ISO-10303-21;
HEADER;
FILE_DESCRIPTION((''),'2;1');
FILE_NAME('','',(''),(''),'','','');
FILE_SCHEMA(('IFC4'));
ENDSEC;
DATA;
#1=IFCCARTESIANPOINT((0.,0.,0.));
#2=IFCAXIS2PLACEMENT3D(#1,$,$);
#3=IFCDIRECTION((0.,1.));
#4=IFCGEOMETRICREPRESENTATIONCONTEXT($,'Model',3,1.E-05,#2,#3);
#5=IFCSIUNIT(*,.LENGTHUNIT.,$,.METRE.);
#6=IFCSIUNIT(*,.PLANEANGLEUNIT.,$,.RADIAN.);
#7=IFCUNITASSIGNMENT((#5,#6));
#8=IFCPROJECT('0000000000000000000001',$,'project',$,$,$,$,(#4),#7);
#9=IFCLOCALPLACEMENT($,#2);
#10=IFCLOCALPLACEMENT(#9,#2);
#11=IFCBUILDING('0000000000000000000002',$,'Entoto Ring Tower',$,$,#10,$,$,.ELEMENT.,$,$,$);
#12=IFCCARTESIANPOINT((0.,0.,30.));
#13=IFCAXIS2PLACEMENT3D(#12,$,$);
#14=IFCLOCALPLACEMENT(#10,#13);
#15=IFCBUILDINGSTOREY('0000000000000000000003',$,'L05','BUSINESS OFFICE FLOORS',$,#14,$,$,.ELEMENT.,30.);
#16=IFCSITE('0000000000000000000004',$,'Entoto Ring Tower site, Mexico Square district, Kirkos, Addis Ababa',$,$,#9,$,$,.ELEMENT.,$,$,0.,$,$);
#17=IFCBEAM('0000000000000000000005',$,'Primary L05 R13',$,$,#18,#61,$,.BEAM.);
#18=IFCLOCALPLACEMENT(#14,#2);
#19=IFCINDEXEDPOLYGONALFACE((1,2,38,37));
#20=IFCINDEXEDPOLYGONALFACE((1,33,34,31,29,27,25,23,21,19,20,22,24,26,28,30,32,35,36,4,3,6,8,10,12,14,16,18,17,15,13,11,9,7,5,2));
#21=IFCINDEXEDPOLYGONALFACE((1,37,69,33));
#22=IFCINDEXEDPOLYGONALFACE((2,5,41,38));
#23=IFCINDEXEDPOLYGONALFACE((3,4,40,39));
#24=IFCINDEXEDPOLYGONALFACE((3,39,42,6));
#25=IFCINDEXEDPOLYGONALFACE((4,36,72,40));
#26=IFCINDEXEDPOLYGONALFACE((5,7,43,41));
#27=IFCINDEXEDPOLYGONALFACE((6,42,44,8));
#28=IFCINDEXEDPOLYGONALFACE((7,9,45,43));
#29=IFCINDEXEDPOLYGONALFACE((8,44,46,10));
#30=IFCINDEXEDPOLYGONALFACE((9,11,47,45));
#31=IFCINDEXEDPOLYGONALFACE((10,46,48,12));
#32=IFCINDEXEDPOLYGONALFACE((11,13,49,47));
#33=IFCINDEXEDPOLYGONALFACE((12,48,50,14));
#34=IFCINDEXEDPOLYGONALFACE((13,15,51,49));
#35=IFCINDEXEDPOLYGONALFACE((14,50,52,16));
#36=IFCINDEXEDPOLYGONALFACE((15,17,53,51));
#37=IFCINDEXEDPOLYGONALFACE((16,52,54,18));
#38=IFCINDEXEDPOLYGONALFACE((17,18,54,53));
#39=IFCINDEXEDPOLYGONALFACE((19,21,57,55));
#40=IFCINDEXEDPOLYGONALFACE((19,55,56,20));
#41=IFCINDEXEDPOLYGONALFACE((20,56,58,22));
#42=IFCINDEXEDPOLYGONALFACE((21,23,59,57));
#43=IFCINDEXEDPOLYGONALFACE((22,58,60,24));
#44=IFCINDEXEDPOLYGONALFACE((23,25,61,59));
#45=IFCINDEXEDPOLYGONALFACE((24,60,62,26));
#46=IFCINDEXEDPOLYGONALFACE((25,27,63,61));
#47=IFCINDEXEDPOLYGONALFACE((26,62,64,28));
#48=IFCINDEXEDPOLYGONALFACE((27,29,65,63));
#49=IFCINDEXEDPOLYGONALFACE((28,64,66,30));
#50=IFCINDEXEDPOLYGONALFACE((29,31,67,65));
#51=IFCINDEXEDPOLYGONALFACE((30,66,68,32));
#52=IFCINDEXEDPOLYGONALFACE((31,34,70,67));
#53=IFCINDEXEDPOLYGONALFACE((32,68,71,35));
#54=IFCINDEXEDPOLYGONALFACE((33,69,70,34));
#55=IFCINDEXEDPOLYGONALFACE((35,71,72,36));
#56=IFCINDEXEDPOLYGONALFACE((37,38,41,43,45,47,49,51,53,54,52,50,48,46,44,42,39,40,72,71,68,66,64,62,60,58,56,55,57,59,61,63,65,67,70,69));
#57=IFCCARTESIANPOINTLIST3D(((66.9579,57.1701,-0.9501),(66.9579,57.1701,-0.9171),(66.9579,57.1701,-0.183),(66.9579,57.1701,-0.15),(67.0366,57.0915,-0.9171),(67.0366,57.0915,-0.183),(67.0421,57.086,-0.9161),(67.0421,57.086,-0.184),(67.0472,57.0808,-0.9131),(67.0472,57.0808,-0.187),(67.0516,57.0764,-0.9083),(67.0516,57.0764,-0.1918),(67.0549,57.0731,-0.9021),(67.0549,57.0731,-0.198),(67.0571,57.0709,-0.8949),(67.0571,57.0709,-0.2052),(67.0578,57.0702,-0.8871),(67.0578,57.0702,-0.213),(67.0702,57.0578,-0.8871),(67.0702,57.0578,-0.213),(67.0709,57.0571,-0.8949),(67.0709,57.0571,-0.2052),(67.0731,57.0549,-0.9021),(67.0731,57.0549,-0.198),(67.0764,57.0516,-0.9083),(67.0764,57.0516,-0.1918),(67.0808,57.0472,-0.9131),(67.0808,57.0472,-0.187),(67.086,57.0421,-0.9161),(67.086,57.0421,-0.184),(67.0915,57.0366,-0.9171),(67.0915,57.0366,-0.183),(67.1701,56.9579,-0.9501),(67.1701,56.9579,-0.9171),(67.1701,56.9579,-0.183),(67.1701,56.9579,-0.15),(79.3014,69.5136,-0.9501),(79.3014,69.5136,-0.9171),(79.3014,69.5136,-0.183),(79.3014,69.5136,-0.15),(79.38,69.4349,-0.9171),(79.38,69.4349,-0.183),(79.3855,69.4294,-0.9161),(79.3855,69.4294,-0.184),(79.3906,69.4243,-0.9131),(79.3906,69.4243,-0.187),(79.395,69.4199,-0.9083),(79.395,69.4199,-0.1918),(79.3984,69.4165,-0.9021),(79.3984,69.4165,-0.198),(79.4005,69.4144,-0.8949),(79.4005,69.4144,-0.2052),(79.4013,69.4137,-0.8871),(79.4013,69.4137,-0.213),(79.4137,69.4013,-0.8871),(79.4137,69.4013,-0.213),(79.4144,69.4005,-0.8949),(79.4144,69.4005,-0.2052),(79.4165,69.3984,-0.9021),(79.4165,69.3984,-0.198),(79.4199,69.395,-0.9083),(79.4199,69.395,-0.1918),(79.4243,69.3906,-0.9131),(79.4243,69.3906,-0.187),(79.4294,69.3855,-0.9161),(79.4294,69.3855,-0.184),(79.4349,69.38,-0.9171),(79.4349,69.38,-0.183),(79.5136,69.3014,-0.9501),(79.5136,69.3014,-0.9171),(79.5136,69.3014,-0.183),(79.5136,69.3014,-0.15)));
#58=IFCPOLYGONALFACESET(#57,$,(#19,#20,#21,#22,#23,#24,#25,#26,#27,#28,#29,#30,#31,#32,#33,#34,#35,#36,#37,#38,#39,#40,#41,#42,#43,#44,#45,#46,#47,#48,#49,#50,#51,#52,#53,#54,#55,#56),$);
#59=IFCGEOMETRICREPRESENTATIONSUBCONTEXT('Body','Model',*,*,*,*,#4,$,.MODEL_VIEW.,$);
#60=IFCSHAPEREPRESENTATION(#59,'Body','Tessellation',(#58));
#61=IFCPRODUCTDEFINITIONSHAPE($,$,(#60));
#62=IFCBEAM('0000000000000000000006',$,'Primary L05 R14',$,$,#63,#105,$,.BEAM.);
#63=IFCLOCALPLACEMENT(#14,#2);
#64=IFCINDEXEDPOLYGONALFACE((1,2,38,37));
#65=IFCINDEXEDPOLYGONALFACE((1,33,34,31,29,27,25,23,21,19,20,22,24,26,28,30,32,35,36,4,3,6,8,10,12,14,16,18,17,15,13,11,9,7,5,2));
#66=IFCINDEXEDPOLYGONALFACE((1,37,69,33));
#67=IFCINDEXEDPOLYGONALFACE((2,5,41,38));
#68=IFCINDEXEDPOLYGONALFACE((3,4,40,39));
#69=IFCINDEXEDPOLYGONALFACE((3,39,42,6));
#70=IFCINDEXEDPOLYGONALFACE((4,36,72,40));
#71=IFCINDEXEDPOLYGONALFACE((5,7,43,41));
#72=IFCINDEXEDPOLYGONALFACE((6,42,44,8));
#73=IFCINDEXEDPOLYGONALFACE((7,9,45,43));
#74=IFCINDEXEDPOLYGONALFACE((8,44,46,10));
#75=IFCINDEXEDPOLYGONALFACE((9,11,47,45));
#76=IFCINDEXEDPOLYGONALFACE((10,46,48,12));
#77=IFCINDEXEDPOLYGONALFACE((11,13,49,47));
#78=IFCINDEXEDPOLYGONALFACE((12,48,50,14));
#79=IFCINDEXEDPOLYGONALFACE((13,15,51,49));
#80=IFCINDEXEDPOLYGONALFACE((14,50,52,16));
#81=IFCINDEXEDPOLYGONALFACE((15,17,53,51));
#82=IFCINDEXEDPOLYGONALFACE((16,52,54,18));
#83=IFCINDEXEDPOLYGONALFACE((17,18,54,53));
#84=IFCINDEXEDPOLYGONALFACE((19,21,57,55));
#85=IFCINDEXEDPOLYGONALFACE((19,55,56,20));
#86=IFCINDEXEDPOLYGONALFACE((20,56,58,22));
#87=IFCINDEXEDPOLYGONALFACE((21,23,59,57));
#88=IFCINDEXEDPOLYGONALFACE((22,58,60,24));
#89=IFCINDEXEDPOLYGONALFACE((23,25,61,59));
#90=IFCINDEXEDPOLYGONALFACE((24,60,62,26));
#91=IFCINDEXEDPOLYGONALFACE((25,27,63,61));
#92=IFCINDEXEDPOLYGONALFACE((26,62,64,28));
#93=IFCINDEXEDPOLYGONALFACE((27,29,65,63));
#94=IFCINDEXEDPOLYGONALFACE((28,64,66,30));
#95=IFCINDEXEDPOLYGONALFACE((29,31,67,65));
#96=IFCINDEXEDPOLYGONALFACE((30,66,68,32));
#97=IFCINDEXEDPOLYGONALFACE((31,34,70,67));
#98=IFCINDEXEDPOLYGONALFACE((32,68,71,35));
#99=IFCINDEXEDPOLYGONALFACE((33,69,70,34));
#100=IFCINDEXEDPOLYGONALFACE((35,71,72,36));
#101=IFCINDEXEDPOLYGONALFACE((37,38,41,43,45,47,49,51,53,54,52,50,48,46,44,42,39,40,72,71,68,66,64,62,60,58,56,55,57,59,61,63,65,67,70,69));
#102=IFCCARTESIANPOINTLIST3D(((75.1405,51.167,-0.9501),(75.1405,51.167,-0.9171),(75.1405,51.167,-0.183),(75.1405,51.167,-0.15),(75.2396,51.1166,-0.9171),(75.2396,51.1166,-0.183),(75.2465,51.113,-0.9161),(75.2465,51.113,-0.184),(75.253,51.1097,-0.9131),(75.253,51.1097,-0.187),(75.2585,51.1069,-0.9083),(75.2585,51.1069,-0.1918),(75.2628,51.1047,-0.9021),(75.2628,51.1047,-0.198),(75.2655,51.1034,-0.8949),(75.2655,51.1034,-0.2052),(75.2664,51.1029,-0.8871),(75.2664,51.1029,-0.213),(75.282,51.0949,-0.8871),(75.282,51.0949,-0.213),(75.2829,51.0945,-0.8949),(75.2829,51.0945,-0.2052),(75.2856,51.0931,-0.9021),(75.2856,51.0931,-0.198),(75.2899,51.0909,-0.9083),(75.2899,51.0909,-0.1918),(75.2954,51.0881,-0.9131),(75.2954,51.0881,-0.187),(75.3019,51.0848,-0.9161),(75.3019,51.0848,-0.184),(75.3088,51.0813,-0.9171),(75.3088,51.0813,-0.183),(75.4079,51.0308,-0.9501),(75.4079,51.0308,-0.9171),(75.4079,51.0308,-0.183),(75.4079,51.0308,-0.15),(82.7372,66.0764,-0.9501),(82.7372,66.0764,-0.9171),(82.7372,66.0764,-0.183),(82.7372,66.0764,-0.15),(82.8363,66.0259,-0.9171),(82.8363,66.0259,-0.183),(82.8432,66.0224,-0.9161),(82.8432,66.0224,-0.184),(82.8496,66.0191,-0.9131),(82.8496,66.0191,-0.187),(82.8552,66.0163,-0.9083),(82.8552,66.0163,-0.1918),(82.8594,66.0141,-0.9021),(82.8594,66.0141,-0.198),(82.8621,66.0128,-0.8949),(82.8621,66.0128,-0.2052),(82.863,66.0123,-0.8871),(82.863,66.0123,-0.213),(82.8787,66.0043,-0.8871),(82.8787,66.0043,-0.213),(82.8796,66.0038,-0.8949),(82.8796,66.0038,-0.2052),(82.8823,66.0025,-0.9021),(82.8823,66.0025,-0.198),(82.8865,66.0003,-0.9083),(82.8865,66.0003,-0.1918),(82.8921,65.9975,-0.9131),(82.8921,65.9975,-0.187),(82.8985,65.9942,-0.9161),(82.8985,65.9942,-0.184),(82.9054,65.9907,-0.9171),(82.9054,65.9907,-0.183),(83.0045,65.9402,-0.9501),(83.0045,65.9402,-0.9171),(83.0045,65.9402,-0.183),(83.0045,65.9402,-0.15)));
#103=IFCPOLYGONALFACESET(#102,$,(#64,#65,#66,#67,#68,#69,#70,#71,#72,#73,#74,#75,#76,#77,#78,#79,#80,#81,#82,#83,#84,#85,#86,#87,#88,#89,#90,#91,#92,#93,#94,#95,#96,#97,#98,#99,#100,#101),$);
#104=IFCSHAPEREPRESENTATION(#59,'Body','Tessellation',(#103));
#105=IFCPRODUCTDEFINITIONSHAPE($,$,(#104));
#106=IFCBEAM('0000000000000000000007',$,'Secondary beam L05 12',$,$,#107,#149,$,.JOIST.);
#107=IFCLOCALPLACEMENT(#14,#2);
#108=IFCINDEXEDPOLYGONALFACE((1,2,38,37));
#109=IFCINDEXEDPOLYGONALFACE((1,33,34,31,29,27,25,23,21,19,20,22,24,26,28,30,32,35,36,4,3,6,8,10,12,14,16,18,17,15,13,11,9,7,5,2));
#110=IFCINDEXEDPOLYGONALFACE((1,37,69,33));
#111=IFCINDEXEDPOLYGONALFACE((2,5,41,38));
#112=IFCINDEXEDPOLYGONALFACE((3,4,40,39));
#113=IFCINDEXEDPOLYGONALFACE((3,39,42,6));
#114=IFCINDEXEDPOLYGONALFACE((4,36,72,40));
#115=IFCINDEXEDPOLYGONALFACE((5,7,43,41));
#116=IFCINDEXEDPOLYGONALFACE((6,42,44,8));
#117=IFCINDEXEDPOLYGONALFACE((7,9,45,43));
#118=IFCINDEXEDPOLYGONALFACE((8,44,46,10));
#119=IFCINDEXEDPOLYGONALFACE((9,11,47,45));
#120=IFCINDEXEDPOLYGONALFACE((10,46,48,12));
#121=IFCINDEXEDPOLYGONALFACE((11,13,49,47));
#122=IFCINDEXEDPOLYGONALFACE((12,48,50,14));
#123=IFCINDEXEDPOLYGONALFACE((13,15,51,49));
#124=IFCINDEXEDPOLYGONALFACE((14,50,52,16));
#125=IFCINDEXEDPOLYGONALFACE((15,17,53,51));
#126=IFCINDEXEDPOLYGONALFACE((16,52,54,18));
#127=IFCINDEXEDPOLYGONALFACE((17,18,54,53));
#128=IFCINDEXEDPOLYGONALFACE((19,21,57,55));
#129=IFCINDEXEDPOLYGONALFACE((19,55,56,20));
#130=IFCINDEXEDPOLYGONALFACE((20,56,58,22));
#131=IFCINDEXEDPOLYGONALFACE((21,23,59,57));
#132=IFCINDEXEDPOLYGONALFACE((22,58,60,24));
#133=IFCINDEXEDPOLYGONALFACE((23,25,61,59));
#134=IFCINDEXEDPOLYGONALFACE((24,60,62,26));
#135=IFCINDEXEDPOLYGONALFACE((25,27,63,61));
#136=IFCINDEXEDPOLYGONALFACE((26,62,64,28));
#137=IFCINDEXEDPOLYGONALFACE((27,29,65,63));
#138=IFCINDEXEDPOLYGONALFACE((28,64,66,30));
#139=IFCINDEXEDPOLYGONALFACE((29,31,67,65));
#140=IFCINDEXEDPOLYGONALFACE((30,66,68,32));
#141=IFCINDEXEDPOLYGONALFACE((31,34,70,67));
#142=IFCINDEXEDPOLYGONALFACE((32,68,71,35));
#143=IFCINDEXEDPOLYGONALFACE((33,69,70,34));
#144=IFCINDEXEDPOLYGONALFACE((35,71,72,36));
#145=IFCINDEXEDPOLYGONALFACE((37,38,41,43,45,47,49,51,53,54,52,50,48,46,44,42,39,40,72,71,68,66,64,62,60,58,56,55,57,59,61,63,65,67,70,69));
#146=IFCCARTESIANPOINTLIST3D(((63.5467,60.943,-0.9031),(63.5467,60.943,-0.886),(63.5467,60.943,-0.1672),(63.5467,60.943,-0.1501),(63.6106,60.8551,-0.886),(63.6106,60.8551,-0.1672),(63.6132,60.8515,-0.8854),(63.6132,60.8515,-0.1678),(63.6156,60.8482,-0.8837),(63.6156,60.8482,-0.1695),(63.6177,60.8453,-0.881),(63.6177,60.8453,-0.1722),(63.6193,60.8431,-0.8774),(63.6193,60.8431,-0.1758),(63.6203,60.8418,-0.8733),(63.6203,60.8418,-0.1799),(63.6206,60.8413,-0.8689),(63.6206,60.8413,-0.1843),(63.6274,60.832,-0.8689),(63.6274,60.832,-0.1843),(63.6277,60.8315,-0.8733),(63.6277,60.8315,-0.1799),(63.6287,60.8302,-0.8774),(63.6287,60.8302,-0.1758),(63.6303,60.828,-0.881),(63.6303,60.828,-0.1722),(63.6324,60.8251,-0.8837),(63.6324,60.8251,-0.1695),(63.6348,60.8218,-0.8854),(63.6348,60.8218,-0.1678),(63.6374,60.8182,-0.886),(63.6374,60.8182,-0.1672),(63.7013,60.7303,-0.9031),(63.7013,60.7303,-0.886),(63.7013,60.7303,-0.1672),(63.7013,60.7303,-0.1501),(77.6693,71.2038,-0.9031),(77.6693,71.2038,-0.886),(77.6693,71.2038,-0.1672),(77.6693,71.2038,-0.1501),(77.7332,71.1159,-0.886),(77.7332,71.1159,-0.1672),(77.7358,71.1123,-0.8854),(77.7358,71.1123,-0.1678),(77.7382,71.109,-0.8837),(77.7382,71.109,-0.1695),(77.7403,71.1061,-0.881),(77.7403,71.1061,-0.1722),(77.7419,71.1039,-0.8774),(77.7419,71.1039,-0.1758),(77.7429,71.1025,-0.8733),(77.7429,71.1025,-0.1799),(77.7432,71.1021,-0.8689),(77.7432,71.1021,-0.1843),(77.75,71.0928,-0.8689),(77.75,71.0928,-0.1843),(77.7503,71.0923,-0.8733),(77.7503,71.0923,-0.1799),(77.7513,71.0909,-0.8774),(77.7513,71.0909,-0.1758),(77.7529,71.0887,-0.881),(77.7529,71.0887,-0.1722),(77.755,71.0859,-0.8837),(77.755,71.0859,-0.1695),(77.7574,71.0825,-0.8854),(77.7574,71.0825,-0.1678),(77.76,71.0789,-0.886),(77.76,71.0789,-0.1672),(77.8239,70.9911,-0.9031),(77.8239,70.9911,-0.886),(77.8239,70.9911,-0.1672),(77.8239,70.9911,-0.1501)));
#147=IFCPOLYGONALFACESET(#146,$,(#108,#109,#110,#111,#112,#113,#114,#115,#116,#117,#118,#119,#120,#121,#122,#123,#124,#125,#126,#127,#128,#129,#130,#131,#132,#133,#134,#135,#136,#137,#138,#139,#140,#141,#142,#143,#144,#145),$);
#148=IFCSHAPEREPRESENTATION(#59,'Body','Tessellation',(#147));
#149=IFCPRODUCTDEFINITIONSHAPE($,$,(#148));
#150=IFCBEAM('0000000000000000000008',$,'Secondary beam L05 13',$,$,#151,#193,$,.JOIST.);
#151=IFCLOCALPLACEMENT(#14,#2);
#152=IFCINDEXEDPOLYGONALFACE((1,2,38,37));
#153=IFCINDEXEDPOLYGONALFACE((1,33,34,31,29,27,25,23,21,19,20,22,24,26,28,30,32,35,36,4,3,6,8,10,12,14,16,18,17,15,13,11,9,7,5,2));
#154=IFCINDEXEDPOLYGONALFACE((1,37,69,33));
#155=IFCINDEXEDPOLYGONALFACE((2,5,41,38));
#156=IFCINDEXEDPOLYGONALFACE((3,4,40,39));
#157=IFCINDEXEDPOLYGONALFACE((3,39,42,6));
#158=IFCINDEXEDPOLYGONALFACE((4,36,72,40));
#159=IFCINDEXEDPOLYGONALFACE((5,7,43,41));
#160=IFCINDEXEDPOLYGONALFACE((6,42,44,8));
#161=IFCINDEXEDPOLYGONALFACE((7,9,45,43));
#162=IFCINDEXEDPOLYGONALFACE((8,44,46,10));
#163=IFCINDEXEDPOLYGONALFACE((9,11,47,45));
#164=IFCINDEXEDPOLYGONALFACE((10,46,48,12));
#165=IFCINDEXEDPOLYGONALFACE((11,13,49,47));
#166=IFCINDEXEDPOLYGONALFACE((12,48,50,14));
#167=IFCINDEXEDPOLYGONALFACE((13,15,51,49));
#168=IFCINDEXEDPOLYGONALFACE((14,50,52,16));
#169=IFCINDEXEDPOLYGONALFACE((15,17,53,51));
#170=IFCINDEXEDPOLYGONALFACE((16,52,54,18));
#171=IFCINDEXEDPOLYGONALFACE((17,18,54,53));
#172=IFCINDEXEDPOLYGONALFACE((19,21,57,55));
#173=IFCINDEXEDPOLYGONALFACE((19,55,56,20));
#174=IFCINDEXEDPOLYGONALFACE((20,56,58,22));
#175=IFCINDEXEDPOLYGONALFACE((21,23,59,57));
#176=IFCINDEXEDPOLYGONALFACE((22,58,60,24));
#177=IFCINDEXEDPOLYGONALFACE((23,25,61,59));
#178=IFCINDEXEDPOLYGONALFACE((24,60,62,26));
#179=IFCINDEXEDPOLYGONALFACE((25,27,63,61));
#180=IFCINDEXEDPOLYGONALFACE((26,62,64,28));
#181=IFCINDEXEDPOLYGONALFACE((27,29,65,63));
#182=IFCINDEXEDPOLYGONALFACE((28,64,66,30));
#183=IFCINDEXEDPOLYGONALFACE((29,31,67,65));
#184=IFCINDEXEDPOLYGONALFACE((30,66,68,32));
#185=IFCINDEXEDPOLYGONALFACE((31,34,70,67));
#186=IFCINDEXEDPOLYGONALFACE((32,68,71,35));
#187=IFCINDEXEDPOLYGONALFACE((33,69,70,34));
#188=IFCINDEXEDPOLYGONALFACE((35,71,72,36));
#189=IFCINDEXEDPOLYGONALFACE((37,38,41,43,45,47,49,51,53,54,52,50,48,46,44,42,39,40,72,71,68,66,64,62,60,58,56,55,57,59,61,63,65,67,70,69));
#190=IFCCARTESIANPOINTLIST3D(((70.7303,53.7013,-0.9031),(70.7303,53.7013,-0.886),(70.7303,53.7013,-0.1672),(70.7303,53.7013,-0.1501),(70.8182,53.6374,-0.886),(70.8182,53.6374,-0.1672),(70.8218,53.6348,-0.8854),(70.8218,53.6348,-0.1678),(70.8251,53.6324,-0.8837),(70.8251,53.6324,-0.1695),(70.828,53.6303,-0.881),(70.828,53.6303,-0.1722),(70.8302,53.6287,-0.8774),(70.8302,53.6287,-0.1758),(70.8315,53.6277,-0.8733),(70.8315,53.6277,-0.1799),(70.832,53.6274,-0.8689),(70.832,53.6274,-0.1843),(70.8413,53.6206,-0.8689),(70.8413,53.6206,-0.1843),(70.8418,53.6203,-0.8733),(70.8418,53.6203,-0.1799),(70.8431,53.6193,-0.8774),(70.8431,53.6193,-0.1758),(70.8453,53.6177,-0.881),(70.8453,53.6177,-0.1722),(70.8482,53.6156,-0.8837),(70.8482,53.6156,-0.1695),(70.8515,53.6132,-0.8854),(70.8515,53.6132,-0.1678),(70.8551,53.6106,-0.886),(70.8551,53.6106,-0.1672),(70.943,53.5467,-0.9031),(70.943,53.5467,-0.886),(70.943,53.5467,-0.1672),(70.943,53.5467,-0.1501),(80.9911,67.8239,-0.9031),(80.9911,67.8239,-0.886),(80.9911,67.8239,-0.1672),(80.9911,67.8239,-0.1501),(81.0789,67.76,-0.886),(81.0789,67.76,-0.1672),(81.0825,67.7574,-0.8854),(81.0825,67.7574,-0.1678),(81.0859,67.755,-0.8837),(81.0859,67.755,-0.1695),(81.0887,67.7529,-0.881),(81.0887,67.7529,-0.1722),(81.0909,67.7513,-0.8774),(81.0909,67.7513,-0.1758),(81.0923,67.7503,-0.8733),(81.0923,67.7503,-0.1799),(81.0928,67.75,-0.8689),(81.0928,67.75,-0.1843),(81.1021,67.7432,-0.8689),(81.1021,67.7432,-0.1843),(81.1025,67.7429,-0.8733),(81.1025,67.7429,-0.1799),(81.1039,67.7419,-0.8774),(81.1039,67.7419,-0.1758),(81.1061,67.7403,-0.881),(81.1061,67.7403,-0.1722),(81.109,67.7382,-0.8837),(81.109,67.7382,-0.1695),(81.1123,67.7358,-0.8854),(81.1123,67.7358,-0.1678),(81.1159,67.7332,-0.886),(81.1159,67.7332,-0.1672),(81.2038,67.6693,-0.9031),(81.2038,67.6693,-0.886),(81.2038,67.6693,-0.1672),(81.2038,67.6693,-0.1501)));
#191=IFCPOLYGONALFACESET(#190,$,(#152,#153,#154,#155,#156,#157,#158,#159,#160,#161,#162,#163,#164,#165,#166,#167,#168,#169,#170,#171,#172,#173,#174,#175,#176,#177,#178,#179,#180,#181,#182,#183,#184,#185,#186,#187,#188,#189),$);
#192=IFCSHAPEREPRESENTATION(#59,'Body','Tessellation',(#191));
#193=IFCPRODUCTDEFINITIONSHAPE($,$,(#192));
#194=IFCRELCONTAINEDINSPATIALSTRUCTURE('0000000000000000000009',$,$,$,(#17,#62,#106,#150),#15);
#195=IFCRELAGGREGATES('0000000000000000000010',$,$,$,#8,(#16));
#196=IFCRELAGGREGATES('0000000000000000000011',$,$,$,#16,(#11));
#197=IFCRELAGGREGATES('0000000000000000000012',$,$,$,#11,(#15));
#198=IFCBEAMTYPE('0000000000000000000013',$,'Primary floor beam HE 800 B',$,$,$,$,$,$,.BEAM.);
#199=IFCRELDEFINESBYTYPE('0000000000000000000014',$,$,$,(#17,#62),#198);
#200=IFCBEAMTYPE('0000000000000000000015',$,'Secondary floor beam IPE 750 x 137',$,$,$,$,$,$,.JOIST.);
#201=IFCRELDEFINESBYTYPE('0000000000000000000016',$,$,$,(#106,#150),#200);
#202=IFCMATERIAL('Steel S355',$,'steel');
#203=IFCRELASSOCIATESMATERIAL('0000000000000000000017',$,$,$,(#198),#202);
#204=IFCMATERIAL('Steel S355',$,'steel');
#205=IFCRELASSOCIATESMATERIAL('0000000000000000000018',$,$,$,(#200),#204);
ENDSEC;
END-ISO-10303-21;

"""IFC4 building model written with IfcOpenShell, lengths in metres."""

from ifc_helpers import new_model, si_unit, direction, frame, origin, origin_2d, place, context, subcontext, project, spatial, i_section, extrude, material, material_profile, profile_set, type_object, element, save


model = new_model("IFC4")

# Units and contexts
model_context = context("Model", 3, precision=1e-05, world=origin(), true_north=direction((0.0, 1.0)))
body_context = subcontext(model_context, "Body", "Model", "MODEL_VIEW")
ifc_project = project(units=[si_unit("LENGTHUNIT", "METRE"), si_unit("PLANEANGLEUNIT", "RADIAN")], contexts=[model_context])

# Site, building, storey
site_placement = place(None, origin())
site = spatial("IfcSite", under=ifc_project, at=site_placement, Name="Entoto Ring Tower site, Mexico Square district, Kirkos, Addis Ababa", CompositionType="ELEMENT", RefElevation=0.0)
building_placement = place(site_placement, origin())
building = spatial("IfcBuilding", under=site, at=building_placement, Name="Entoto Ring Tower", CompositionType="ELEMENT")
storey_placement = place(building_placement, frame((0.0, 0.0, 30.0)))
storey = spatial("IfcBuildingStorey", under=building, at=storey_placement, Name="L05", Description="BUSINESS OFFICE FLOORS", CompositionType="ELEMENT", Elevation=30.0)

# Beams
ifc_material_1 = material(Name="Steel S355", Category="steel")
ifc_material_profile_1 = material_profile(ifc_material_1, i_section(OverallWidth=0.3, OverallDepth=0.8, WebThickness=0.0176, FlangeThickness=0.033, FilletRadius=0.03, at=origin_2d()), Name="HE 800 B")
ifc_profile_set_1 = profile_set([ifc_material_profile_1], Name="Steel S355")
beam_type_1 = type_object("IfcBeamType", Name="Primary floor beam HE 800 B", PredefinedType="BEAM", material=ifc_profile_set_1)
beam_1_placement = place(storey_placement, frame((79.4075, 69.4075, -0.55), z_axis=(-0.707107, -0.707107, 0.0), x_axis=(0.707107, -0.707107, 0.0)))
element("IfcBeam", 1, at=beam_1_placement, inside=storey, type_object=beam_type_1, Name="Primary L05 R13", PredefinedType="BEAM", context=body_context, shape_type="SweptSolid", body=[
    extrude(i_section(OverallWidth=0.3, OverallDepth=0.8, WebThickness=0.0176, FlangeThickness=0.033, FilletRadius=0.03, at=origin_2d()), origin(), (0.0, 0.0, 1.0), 17.4563),
])
beam_2_placement = place(storey_placement, frame((82.8708, 66.0083, -0.55), z_axis=(-0.453988, -0.891008, 0.0), x_axis=(0.891008, -0.453988, 0.0)))
element("IfcBeam", 2, at=beam_2_placement, inside=storey, type_object=beam_type_1, Name="Primary L05 R14", PredefinedType="BEAM", context=body_context, shape_type="SweptSolid", body=[
    extrude(i_section(OverallWidth=0.3, OverallDepth=0.8, WebThickness=0.0176, FlangeThickness=0.033, FilletRadius=0.03, at=origin_2d()), origin(), (0.0, 0.0, 1.0), 16.7332),
])
ifc_material_2 = material(Name="Steel S355", Category="steel")
ifc_material_profile_2 = material_profile(ifc_material_2, i_section(OverallWidth=0.2629, OverallDepth=0.7529, WebThickness=0.0115, FlangeThickness=0.0171, FilletRadius=0.0171, at=origin_2d()), Name="IPE 750 x 137")
ifc_profile_set_2 = profile_set([ifc_material_profile_2], Name="Steel S355")
beam_type_2 = type_object("IfcBeamType", Name="Secondary floor beam IPE 750 x 137", PredefinedType="JOIST", material=ifc_profile_set_2)
for number, where, z_axis, x_axis, name in (
    (3, (77.7466, 71.0974, -0.5266), (-0.809014, -0.587789, 0.0), (0.587789, -0.809014, 0.0), "Secondary beam L05 12"),
    (4, (81.0974, 67.7466, -0.5266), (-0.587789, -0.809014, 0.0), (0.809014, -0.587789, 0.0), "Secondary beam L05 13"),
):
    element("IfcBeam", number, at=place(storey_placement, frame(where, z_axis=z_axis, x_axis=x_axis)), inside=storey, type_object=beam_type_2, Name=name, PredefinedType="JOIST", context=body_context, shape_type="SweptSolid", body=[
        extrude(i_section(OverallWidth=0.2629, OverallDepth=0.7529, WebThickness=0.0115, FlangeThickness=0.0171, FilletRadius=0.0171, at=origin_2d()), origin(), (0.0, 0.0, 1.0), 17.4565),
    ])

save(model, "model.ifc")
